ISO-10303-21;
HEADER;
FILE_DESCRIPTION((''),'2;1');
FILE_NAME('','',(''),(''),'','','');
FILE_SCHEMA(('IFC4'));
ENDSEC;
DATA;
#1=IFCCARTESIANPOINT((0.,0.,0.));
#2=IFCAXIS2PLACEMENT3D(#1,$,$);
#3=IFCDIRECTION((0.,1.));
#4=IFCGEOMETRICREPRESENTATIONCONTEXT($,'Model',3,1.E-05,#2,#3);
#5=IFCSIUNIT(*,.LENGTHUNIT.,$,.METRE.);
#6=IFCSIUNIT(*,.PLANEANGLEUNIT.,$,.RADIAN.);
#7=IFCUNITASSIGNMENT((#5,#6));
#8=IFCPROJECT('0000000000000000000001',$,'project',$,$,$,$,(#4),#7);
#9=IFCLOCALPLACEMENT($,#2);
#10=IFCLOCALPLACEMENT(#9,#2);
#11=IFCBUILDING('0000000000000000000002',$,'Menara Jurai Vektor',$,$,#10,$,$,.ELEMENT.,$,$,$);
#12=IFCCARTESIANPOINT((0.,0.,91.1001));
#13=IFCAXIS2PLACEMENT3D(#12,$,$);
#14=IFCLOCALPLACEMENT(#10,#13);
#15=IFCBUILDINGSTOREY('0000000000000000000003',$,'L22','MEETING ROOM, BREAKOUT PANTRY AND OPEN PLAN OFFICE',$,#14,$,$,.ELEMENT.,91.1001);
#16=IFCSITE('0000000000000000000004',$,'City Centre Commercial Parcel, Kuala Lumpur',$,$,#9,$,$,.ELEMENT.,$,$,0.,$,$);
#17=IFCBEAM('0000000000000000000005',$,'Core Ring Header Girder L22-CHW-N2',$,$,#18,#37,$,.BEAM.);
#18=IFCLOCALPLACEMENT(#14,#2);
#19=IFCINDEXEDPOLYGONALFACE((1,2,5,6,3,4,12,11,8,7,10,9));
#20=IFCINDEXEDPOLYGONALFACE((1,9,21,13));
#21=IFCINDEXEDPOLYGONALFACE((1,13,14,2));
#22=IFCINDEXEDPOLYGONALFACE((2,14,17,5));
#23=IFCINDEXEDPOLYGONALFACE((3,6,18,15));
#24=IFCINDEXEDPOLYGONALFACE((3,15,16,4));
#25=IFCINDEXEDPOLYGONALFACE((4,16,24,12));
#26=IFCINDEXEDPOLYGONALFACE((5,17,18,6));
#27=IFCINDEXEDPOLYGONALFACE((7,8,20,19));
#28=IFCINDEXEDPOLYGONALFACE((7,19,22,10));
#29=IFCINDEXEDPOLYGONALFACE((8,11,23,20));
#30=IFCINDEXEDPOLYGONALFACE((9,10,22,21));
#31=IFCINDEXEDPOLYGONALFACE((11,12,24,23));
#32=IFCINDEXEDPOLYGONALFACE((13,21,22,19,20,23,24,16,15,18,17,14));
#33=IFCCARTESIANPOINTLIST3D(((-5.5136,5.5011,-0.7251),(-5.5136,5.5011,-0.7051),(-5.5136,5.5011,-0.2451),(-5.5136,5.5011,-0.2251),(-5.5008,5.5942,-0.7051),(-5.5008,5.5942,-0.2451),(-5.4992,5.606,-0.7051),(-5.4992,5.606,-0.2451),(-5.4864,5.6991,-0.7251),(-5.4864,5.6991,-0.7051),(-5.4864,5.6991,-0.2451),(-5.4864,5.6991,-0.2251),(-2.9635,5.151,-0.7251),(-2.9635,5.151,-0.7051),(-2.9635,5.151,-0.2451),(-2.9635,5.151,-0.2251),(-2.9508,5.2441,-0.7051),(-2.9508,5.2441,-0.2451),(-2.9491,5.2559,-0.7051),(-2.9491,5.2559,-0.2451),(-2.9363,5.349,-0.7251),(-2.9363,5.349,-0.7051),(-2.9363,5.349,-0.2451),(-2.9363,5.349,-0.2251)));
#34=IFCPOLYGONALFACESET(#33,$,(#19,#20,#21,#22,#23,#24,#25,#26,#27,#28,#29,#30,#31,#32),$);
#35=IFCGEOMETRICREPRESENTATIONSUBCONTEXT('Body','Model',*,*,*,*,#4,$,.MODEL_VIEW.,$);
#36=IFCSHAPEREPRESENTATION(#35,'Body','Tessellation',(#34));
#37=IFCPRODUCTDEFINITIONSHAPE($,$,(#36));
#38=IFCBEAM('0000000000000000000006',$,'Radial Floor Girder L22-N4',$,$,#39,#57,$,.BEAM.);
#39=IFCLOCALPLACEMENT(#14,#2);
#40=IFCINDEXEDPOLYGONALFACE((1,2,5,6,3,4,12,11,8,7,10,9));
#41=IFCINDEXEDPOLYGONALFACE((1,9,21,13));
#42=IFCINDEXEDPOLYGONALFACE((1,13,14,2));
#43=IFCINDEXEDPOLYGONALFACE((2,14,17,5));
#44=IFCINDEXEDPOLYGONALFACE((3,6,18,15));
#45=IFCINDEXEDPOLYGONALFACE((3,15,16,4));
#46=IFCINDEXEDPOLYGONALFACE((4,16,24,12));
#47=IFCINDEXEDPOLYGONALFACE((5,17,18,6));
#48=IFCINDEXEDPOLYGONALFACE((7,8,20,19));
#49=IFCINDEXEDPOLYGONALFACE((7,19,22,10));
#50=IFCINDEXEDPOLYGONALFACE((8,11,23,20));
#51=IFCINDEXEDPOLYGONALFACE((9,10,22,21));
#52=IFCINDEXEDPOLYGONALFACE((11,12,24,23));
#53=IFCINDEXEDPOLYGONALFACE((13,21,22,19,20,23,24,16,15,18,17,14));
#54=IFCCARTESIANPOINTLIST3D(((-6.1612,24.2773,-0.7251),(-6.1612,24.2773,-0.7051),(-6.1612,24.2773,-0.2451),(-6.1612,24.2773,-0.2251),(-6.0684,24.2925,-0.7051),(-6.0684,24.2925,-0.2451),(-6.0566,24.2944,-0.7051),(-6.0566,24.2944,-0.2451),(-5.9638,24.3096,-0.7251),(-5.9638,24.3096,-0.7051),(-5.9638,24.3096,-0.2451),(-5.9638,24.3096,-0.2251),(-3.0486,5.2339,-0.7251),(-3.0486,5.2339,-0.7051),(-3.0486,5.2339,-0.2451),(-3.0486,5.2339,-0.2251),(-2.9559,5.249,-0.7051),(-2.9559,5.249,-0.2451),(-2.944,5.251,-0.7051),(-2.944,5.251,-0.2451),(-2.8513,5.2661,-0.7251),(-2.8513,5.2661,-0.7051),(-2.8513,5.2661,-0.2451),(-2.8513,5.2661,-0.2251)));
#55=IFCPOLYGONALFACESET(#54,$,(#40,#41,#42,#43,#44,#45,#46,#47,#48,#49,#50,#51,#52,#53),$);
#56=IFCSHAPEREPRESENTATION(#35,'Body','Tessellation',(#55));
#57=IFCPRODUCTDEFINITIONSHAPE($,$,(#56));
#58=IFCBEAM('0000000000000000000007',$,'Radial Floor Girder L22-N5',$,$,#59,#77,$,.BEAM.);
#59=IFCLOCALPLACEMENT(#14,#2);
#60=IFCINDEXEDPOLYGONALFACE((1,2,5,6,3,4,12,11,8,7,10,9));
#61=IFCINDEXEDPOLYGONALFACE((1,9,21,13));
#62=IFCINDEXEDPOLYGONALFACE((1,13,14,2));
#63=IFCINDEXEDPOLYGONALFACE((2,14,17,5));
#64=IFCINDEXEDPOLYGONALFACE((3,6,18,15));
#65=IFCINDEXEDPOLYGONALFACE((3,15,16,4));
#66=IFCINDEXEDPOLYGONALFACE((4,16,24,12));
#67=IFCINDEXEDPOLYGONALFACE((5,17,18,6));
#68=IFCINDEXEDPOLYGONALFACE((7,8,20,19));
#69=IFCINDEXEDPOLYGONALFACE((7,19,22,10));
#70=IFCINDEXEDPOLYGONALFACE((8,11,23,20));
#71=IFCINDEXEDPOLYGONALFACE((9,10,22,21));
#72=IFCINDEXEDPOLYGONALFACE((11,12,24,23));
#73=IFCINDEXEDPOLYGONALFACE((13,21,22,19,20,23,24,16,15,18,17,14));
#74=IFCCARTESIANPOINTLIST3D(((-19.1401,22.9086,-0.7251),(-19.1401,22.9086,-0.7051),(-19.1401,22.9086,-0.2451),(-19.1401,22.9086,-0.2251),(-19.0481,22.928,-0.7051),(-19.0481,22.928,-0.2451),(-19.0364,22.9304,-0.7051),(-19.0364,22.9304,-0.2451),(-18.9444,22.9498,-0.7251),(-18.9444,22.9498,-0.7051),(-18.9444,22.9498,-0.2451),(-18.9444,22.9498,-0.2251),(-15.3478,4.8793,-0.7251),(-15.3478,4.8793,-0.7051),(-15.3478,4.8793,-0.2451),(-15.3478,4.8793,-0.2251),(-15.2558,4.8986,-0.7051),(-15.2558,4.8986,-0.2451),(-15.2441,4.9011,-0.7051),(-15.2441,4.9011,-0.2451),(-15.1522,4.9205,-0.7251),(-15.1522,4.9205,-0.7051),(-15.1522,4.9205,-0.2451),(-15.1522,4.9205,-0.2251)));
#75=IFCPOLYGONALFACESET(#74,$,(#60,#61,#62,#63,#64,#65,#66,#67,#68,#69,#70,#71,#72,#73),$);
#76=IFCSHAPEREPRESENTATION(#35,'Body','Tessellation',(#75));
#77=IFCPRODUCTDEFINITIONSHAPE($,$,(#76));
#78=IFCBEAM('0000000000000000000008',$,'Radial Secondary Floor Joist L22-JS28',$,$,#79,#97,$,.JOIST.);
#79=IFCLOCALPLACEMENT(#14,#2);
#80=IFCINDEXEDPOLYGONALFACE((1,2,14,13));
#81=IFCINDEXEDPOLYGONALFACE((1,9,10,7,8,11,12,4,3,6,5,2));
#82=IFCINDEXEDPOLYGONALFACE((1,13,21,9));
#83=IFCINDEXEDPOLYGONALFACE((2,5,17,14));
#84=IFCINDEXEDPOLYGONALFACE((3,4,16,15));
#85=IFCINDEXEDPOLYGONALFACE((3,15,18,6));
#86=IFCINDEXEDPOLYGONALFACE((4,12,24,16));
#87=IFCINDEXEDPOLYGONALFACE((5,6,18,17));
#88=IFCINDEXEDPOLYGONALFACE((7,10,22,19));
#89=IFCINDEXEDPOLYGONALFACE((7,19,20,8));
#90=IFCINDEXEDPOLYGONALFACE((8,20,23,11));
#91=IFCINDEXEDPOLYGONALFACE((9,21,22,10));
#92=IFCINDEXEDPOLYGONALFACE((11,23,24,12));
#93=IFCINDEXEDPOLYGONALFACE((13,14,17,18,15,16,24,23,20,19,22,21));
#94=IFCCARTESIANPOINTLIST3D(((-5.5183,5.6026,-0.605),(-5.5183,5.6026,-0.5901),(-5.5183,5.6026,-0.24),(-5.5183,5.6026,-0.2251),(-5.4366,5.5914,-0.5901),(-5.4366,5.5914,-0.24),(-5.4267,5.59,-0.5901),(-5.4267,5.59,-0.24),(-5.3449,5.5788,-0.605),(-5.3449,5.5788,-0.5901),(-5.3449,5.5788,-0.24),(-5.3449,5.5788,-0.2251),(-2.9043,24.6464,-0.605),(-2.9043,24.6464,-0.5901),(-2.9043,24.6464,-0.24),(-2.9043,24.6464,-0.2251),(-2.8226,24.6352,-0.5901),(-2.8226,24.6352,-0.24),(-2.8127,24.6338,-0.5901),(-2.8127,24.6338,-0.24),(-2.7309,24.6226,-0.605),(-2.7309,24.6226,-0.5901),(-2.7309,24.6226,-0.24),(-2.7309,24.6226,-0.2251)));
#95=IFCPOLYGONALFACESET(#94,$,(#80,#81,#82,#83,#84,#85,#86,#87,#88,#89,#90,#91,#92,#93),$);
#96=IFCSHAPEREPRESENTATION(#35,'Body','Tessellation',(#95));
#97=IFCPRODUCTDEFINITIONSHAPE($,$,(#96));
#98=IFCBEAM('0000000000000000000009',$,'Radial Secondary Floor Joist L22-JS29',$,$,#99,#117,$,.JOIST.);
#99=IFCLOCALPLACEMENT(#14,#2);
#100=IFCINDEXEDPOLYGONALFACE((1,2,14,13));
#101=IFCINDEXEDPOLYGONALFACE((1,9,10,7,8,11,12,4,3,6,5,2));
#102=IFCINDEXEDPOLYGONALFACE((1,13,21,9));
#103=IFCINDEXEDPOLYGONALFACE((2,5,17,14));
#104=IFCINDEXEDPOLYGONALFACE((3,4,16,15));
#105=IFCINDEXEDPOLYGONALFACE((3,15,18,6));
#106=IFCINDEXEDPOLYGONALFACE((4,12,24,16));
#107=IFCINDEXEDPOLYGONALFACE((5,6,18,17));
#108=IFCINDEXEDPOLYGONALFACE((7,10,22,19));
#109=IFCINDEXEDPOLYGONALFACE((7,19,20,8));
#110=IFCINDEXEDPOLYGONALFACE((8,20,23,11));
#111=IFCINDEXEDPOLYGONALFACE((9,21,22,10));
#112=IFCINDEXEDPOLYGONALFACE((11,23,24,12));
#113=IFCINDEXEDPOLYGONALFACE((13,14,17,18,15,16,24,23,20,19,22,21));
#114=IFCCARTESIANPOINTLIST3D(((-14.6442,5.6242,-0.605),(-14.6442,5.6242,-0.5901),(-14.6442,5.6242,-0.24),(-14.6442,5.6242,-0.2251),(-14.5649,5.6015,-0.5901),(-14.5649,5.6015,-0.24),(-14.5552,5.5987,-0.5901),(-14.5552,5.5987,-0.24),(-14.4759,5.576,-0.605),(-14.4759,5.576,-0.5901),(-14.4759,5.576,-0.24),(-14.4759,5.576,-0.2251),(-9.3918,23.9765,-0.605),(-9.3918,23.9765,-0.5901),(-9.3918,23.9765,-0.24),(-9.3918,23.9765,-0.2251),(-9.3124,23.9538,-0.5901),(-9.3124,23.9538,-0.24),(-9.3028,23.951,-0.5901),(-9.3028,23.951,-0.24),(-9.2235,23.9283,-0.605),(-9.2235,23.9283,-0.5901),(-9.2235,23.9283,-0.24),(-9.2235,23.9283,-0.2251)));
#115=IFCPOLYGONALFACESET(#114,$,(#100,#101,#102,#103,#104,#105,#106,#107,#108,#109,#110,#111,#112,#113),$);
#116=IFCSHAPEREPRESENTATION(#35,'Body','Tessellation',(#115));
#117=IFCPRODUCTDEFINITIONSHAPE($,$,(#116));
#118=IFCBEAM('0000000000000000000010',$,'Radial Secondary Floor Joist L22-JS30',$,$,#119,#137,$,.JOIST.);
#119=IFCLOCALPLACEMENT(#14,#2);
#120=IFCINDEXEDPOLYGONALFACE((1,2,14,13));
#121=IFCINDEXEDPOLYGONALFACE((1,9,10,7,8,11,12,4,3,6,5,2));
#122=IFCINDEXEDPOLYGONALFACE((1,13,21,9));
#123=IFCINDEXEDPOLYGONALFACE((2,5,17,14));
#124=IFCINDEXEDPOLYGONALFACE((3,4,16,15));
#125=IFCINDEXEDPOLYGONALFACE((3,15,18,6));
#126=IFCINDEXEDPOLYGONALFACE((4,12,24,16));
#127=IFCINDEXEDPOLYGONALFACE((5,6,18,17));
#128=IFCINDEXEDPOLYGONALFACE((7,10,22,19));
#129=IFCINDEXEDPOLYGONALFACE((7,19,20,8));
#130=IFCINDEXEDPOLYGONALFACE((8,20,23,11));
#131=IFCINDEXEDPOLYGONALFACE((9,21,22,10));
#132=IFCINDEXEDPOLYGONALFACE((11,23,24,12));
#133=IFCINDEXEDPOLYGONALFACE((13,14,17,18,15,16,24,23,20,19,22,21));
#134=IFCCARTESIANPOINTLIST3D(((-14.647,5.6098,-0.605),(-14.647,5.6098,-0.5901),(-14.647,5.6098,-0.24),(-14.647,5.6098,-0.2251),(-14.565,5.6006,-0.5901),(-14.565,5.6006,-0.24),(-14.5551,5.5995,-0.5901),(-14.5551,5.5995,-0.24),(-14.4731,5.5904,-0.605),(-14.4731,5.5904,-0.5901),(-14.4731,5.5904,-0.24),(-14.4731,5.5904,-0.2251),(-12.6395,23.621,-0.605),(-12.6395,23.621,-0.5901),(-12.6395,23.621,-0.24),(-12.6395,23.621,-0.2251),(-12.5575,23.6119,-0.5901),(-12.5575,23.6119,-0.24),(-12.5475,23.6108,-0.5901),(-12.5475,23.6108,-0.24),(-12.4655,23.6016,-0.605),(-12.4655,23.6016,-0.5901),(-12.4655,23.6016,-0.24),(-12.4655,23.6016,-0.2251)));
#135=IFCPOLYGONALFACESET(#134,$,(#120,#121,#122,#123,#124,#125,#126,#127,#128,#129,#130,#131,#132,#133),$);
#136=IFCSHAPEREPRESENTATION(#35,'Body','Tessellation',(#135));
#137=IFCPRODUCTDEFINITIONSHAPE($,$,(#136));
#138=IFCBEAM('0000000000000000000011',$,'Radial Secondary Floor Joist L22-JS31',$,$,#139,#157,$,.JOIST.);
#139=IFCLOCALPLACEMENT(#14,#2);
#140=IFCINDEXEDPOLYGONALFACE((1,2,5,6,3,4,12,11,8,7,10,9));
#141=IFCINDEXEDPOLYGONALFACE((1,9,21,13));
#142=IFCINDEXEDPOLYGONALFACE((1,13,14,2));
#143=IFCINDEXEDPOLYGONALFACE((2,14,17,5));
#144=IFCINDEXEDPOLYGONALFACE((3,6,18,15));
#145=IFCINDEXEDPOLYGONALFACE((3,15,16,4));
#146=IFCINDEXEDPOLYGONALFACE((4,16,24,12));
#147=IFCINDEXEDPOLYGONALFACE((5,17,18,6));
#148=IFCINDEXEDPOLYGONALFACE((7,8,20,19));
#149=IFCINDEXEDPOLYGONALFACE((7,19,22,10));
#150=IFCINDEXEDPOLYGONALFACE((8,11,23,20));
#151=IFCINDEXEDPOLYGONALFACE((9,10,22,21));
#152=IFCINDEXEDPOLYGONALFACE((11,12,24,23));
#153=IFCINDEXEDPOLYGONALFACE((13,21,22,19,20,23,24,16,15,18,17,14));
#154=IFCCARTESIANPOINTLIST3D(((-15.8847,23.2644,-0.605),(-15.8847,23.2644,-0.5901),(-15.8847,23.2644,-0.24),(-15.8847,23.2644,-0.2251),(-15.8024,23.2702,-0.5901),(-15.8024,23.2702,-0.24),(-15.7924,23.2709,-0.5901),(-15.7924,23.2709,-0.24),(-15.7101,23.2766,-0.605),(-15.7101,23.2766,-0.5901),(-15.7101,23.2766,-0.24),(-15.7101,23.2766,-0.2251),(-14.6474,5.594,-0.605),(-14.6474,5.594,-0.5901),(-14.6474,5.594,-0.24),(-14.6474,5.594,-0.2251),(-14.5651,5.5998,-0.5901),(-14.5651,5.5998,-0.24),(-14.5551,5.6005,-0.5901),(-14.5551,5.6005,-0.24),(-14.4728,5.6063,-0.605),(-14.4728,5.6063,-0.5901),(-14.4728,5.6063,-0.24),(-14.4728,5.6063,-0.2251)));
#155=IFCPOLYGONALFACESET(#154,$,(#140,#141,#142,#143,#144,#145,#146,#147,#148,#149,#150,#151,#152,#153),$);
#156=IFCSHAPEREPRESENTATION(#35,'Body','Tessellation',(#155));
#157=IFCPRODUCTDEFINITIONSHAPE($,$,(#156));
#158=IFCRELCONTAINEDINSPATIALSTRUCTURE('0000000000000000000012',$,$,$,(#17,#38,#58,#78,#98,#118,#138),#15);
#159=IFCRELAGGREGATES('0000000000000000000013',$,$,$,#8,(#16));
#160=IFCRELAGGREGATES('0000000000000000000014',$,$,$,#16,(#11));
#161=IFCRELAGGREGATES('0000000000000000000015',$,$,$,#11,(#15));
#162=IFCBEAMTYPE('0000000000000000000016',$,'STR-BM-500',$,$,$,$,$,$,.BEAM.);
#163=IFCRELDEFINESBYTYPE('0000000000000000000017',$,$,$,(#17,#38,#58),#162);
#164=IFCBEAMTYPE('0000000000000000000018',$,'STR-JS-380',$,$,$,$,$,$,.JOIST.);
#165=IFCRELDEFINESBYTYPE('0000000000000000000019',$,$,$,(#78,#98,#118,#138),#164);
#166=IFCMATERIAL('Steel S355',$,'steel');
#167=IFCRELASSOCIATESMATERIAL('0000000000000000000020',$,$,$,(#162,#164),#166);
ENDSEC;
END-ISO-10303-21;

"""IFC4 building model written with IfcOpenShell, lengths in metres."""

from ifc_helpers import new_model, si_unit, direction, frame, origin, origin_2d, place, context, subcontext, project, spatial, i_section, extrude, material, material_profile, profile_set, type_object, element, save


model = new_model("IFC4")

# Units and contexts
model_context = context("Model", 3, precision=1e-05, world=origin(), true_north=direction((0.0, 1.0)))
body_context = subcontext(model_context, "Body", "Model", "MODEL_VIEW")
ifc_project = project(units=[si_unit("LENGTHUNIT", "METRE"), si_unit("PLANEANGLEUNIT", "RADIAN")], contexts=[model_context])

# Site, building, storey
site_placement = place(None, origin())
site = spatial("IfcSite", under=ifc_project, at=site_placement, Name="City Centre Commercial Parcel, Kuala Lumpur", CompositionType="ELEMENT", RefElevation=0.0)
building_placement = place(site_placement, origin())
building = spatial("IfcBuilding", under=site, at=building_placement, Name="Menara Jurai Vektor", CompositionType="ELEMENT")
storey_placement = place(building_placement, frame((0.0, 0.0, 91.1001)))
storey = spatial("IfcBuildingStorey", under=building, at=storey_placement, Name="L22", Description="MEETING ROOM, BREAKOUT PANTRY AND OPEN PLAN OFFICE", CompositionType="ELEMENT", Elevation=91.1001)

# Beams
ifc_material_1 = material(Name="Steel S355", Category="steel")
ifc_material_profile_1 = material_profile(ifc_material_1, i_section(OverallWidth=0.2, OverallDepth=0.5, WebThickness=0.012, FlangeThickness=0.02, at=origin_2d()), Name="PG 500x200x96")
ifc_profile_set_1 = profile_set([ifc_material_profile_1], Name="Steel S355")
beam_type_1 = type_object("IfcBeamType", Name="STR-BM-500", PredefinedType="BEAM", material=ifc_profile_set_1)
beam_1_placement = place(storey_placement, frame((-5.5, 5.6001, -0.4751), z_axis=(0.990707, -0.136015, 0.0), x_axis=(0.136015, 0.990707, 0.0)))
element("IfcBeam", 1, at=beam_1_placement, inside=storey, type_object=beam_type_1, Name="Core Ring Header Girder L22-CHW-N2", PredefinedType="BEAM", context=body_context, shape_type="SweptSolid", body=[
    extrude(i_section(OverallWidth=0.2, OverallDepth=0.5, WebThickness=0.012, FlangeThickness=0.02, at=origin_2d()), origin(), (0.0, 0.0, 1.0), 2.574),
])
beam_2_placement = place(storey_placement, frame((-6.0625, 24.2935, -0.4751), z_axis=(0.161304, -0.986905, 0.0), x_axis=(0.986905, 0.161304, 0.0)))
element("IfcBeam", 2, at=beam_2_placement, inside=storey, type_object=beam_type_1, Name="Radial Floor Girder L22-N4", PredefinedType="BEAM", context=body_context, shape_type="SweptSolid", body=[
    extrude(i_section(OverallWidth=0.2, OverallDepth=0.5, WebThickness=0.012, FlangeThickness=0.02, at=origin_2d()), origin(), (0.0, 0.0, 1.0), 19.2961),
])
beam_3_placement = place(storey_placement, frame((-19.0422, 22.9292, -0.4751), z_axis=(0.205833, -0.978587, 0.0), x_axis=(0.978587, 0.205833, 0.0)))
element("IfcBeam", 3, at=beam_3_placement, inside=storey, type_object=beam_type_1, Name="Radial Floor Girder L22-N5", PredefinedType="BEAM", context=body_context, shape_type="SweptSolid", body=[
    extrude(i_section(OverallWidth=0.2, OverallDepth=0.5, WebThickness=0.012, FlangeThickness=0.02, at=origin_2d()), origin(), (0.0, 0.0, 1.0), 18.4238),
])
ifc_material_profile_2 = material_profile(ifc_material_1, i_section(OverallWidth=0.175, OverallDepth=0.3799, WebThickness=0.01, FlangeThickness=0.0149, at=origin_2d()), Name="PG 380x175x58")
ifc_profile_set_2 = profile_set([ifc_material_profile_2], Name="Steel S355")
beam_type_2 = type_object("IfcBeamType", Name="STR-JS-380", PredefinedType="JOIST", material=ifc_profile_set_2)
beam_4_placement = place(storey_placement, frame((-2.8176, 24.6345, -0.415), z_axis=(-0.135987, -0.990711, 0.0), x_axis=(0.990711, -0.135987, 0.0)))
element("IfcBeam", 4, at=beam_4_placement, inside=storey, type_object=beam_type_2, Name="Radial Secondary Floor Joist L22-JS28", PredefinedType="JOIST", context=body_context, shape_type="SweptSolid", body=[
    extrude(i_section(OverallWidth=0.175, OverallDepth=0.3799, WebThickness=0.01, FlangeThickness=0.0149, at=origin_2d()), origin(), (0.0, 0.0, 1.0), 19.2224),
])
beam_5_placement = place(storey_placement, frame((-9.3076, 23.9524, -0.415), z_axis=(-0.275154, -0.9614, 0.0), x_axis=(0.9614, -0.275154, 0.0)))
element("IfcBeam", 5, at=beam_5_placement, inside=storey, type_object=beam_type_2, Name="Radial Secondary Floor Joist L22-JS29", PredefinedType="JOIST", context=body_context, shape_type="SweptSolid", body=[
    extrude(i_section(OverallWidth=0.175, OverallDepth=0.3799, WebThickness=0.01, FlangeThickness=0.0149, at=origin_2d()), origin(), (0.0, 0.0, 1.0), 19.0891),
])
beam_6_placement = place(storey_placement, frame((-12.5525, 23.6113, -0.415), z_axis=(-0.110776, -0.993845, 0.0), x_axis=(0.993845, -0.110776, 0.0)))
element("IfcBeam", 6, at=beam_6_placement, inside=storey, type_object=beam_type_2, Name="Radial Secondary Floor Joist L22-JS30", PredefinedType="JOIST", context=body_context, shape_type="SweptSolid", body=[
    extrude(i_section(OverallWidth=0.175, OverallDepth=0.3799, WebThickness=0.01, FlangeThickness=0.0149, at=origin_2d()), origin(), (0.0, 0.0, 1.0), 18.1228),
])
beam_7_placement = place(storey_placement, frame((-15.7974, 23.2705, -0.415), z_axis=(0.06985, -0.997557, 0.0), x_axis=(0.997557, 0.06985, 0.0)))
element("IfcBeam", 7, at=beam_7_placement, inside=storey, type_object=beam_type_2, Name="Radial Secondary Floor Joist L22-JS31", PredefinedType="JOIST", context=body_context, shape_type="SweptSolid", body=[
    extrude(i_section(OverallWidth=0.175, OverallDepth=0.3799, WebThickness=0.01, FlangeThickness=0.0149, at=origin_2d()), origin(), (0.0, 0.0, 1.0), 17.7136),
])

save(model, "model.ifc")
